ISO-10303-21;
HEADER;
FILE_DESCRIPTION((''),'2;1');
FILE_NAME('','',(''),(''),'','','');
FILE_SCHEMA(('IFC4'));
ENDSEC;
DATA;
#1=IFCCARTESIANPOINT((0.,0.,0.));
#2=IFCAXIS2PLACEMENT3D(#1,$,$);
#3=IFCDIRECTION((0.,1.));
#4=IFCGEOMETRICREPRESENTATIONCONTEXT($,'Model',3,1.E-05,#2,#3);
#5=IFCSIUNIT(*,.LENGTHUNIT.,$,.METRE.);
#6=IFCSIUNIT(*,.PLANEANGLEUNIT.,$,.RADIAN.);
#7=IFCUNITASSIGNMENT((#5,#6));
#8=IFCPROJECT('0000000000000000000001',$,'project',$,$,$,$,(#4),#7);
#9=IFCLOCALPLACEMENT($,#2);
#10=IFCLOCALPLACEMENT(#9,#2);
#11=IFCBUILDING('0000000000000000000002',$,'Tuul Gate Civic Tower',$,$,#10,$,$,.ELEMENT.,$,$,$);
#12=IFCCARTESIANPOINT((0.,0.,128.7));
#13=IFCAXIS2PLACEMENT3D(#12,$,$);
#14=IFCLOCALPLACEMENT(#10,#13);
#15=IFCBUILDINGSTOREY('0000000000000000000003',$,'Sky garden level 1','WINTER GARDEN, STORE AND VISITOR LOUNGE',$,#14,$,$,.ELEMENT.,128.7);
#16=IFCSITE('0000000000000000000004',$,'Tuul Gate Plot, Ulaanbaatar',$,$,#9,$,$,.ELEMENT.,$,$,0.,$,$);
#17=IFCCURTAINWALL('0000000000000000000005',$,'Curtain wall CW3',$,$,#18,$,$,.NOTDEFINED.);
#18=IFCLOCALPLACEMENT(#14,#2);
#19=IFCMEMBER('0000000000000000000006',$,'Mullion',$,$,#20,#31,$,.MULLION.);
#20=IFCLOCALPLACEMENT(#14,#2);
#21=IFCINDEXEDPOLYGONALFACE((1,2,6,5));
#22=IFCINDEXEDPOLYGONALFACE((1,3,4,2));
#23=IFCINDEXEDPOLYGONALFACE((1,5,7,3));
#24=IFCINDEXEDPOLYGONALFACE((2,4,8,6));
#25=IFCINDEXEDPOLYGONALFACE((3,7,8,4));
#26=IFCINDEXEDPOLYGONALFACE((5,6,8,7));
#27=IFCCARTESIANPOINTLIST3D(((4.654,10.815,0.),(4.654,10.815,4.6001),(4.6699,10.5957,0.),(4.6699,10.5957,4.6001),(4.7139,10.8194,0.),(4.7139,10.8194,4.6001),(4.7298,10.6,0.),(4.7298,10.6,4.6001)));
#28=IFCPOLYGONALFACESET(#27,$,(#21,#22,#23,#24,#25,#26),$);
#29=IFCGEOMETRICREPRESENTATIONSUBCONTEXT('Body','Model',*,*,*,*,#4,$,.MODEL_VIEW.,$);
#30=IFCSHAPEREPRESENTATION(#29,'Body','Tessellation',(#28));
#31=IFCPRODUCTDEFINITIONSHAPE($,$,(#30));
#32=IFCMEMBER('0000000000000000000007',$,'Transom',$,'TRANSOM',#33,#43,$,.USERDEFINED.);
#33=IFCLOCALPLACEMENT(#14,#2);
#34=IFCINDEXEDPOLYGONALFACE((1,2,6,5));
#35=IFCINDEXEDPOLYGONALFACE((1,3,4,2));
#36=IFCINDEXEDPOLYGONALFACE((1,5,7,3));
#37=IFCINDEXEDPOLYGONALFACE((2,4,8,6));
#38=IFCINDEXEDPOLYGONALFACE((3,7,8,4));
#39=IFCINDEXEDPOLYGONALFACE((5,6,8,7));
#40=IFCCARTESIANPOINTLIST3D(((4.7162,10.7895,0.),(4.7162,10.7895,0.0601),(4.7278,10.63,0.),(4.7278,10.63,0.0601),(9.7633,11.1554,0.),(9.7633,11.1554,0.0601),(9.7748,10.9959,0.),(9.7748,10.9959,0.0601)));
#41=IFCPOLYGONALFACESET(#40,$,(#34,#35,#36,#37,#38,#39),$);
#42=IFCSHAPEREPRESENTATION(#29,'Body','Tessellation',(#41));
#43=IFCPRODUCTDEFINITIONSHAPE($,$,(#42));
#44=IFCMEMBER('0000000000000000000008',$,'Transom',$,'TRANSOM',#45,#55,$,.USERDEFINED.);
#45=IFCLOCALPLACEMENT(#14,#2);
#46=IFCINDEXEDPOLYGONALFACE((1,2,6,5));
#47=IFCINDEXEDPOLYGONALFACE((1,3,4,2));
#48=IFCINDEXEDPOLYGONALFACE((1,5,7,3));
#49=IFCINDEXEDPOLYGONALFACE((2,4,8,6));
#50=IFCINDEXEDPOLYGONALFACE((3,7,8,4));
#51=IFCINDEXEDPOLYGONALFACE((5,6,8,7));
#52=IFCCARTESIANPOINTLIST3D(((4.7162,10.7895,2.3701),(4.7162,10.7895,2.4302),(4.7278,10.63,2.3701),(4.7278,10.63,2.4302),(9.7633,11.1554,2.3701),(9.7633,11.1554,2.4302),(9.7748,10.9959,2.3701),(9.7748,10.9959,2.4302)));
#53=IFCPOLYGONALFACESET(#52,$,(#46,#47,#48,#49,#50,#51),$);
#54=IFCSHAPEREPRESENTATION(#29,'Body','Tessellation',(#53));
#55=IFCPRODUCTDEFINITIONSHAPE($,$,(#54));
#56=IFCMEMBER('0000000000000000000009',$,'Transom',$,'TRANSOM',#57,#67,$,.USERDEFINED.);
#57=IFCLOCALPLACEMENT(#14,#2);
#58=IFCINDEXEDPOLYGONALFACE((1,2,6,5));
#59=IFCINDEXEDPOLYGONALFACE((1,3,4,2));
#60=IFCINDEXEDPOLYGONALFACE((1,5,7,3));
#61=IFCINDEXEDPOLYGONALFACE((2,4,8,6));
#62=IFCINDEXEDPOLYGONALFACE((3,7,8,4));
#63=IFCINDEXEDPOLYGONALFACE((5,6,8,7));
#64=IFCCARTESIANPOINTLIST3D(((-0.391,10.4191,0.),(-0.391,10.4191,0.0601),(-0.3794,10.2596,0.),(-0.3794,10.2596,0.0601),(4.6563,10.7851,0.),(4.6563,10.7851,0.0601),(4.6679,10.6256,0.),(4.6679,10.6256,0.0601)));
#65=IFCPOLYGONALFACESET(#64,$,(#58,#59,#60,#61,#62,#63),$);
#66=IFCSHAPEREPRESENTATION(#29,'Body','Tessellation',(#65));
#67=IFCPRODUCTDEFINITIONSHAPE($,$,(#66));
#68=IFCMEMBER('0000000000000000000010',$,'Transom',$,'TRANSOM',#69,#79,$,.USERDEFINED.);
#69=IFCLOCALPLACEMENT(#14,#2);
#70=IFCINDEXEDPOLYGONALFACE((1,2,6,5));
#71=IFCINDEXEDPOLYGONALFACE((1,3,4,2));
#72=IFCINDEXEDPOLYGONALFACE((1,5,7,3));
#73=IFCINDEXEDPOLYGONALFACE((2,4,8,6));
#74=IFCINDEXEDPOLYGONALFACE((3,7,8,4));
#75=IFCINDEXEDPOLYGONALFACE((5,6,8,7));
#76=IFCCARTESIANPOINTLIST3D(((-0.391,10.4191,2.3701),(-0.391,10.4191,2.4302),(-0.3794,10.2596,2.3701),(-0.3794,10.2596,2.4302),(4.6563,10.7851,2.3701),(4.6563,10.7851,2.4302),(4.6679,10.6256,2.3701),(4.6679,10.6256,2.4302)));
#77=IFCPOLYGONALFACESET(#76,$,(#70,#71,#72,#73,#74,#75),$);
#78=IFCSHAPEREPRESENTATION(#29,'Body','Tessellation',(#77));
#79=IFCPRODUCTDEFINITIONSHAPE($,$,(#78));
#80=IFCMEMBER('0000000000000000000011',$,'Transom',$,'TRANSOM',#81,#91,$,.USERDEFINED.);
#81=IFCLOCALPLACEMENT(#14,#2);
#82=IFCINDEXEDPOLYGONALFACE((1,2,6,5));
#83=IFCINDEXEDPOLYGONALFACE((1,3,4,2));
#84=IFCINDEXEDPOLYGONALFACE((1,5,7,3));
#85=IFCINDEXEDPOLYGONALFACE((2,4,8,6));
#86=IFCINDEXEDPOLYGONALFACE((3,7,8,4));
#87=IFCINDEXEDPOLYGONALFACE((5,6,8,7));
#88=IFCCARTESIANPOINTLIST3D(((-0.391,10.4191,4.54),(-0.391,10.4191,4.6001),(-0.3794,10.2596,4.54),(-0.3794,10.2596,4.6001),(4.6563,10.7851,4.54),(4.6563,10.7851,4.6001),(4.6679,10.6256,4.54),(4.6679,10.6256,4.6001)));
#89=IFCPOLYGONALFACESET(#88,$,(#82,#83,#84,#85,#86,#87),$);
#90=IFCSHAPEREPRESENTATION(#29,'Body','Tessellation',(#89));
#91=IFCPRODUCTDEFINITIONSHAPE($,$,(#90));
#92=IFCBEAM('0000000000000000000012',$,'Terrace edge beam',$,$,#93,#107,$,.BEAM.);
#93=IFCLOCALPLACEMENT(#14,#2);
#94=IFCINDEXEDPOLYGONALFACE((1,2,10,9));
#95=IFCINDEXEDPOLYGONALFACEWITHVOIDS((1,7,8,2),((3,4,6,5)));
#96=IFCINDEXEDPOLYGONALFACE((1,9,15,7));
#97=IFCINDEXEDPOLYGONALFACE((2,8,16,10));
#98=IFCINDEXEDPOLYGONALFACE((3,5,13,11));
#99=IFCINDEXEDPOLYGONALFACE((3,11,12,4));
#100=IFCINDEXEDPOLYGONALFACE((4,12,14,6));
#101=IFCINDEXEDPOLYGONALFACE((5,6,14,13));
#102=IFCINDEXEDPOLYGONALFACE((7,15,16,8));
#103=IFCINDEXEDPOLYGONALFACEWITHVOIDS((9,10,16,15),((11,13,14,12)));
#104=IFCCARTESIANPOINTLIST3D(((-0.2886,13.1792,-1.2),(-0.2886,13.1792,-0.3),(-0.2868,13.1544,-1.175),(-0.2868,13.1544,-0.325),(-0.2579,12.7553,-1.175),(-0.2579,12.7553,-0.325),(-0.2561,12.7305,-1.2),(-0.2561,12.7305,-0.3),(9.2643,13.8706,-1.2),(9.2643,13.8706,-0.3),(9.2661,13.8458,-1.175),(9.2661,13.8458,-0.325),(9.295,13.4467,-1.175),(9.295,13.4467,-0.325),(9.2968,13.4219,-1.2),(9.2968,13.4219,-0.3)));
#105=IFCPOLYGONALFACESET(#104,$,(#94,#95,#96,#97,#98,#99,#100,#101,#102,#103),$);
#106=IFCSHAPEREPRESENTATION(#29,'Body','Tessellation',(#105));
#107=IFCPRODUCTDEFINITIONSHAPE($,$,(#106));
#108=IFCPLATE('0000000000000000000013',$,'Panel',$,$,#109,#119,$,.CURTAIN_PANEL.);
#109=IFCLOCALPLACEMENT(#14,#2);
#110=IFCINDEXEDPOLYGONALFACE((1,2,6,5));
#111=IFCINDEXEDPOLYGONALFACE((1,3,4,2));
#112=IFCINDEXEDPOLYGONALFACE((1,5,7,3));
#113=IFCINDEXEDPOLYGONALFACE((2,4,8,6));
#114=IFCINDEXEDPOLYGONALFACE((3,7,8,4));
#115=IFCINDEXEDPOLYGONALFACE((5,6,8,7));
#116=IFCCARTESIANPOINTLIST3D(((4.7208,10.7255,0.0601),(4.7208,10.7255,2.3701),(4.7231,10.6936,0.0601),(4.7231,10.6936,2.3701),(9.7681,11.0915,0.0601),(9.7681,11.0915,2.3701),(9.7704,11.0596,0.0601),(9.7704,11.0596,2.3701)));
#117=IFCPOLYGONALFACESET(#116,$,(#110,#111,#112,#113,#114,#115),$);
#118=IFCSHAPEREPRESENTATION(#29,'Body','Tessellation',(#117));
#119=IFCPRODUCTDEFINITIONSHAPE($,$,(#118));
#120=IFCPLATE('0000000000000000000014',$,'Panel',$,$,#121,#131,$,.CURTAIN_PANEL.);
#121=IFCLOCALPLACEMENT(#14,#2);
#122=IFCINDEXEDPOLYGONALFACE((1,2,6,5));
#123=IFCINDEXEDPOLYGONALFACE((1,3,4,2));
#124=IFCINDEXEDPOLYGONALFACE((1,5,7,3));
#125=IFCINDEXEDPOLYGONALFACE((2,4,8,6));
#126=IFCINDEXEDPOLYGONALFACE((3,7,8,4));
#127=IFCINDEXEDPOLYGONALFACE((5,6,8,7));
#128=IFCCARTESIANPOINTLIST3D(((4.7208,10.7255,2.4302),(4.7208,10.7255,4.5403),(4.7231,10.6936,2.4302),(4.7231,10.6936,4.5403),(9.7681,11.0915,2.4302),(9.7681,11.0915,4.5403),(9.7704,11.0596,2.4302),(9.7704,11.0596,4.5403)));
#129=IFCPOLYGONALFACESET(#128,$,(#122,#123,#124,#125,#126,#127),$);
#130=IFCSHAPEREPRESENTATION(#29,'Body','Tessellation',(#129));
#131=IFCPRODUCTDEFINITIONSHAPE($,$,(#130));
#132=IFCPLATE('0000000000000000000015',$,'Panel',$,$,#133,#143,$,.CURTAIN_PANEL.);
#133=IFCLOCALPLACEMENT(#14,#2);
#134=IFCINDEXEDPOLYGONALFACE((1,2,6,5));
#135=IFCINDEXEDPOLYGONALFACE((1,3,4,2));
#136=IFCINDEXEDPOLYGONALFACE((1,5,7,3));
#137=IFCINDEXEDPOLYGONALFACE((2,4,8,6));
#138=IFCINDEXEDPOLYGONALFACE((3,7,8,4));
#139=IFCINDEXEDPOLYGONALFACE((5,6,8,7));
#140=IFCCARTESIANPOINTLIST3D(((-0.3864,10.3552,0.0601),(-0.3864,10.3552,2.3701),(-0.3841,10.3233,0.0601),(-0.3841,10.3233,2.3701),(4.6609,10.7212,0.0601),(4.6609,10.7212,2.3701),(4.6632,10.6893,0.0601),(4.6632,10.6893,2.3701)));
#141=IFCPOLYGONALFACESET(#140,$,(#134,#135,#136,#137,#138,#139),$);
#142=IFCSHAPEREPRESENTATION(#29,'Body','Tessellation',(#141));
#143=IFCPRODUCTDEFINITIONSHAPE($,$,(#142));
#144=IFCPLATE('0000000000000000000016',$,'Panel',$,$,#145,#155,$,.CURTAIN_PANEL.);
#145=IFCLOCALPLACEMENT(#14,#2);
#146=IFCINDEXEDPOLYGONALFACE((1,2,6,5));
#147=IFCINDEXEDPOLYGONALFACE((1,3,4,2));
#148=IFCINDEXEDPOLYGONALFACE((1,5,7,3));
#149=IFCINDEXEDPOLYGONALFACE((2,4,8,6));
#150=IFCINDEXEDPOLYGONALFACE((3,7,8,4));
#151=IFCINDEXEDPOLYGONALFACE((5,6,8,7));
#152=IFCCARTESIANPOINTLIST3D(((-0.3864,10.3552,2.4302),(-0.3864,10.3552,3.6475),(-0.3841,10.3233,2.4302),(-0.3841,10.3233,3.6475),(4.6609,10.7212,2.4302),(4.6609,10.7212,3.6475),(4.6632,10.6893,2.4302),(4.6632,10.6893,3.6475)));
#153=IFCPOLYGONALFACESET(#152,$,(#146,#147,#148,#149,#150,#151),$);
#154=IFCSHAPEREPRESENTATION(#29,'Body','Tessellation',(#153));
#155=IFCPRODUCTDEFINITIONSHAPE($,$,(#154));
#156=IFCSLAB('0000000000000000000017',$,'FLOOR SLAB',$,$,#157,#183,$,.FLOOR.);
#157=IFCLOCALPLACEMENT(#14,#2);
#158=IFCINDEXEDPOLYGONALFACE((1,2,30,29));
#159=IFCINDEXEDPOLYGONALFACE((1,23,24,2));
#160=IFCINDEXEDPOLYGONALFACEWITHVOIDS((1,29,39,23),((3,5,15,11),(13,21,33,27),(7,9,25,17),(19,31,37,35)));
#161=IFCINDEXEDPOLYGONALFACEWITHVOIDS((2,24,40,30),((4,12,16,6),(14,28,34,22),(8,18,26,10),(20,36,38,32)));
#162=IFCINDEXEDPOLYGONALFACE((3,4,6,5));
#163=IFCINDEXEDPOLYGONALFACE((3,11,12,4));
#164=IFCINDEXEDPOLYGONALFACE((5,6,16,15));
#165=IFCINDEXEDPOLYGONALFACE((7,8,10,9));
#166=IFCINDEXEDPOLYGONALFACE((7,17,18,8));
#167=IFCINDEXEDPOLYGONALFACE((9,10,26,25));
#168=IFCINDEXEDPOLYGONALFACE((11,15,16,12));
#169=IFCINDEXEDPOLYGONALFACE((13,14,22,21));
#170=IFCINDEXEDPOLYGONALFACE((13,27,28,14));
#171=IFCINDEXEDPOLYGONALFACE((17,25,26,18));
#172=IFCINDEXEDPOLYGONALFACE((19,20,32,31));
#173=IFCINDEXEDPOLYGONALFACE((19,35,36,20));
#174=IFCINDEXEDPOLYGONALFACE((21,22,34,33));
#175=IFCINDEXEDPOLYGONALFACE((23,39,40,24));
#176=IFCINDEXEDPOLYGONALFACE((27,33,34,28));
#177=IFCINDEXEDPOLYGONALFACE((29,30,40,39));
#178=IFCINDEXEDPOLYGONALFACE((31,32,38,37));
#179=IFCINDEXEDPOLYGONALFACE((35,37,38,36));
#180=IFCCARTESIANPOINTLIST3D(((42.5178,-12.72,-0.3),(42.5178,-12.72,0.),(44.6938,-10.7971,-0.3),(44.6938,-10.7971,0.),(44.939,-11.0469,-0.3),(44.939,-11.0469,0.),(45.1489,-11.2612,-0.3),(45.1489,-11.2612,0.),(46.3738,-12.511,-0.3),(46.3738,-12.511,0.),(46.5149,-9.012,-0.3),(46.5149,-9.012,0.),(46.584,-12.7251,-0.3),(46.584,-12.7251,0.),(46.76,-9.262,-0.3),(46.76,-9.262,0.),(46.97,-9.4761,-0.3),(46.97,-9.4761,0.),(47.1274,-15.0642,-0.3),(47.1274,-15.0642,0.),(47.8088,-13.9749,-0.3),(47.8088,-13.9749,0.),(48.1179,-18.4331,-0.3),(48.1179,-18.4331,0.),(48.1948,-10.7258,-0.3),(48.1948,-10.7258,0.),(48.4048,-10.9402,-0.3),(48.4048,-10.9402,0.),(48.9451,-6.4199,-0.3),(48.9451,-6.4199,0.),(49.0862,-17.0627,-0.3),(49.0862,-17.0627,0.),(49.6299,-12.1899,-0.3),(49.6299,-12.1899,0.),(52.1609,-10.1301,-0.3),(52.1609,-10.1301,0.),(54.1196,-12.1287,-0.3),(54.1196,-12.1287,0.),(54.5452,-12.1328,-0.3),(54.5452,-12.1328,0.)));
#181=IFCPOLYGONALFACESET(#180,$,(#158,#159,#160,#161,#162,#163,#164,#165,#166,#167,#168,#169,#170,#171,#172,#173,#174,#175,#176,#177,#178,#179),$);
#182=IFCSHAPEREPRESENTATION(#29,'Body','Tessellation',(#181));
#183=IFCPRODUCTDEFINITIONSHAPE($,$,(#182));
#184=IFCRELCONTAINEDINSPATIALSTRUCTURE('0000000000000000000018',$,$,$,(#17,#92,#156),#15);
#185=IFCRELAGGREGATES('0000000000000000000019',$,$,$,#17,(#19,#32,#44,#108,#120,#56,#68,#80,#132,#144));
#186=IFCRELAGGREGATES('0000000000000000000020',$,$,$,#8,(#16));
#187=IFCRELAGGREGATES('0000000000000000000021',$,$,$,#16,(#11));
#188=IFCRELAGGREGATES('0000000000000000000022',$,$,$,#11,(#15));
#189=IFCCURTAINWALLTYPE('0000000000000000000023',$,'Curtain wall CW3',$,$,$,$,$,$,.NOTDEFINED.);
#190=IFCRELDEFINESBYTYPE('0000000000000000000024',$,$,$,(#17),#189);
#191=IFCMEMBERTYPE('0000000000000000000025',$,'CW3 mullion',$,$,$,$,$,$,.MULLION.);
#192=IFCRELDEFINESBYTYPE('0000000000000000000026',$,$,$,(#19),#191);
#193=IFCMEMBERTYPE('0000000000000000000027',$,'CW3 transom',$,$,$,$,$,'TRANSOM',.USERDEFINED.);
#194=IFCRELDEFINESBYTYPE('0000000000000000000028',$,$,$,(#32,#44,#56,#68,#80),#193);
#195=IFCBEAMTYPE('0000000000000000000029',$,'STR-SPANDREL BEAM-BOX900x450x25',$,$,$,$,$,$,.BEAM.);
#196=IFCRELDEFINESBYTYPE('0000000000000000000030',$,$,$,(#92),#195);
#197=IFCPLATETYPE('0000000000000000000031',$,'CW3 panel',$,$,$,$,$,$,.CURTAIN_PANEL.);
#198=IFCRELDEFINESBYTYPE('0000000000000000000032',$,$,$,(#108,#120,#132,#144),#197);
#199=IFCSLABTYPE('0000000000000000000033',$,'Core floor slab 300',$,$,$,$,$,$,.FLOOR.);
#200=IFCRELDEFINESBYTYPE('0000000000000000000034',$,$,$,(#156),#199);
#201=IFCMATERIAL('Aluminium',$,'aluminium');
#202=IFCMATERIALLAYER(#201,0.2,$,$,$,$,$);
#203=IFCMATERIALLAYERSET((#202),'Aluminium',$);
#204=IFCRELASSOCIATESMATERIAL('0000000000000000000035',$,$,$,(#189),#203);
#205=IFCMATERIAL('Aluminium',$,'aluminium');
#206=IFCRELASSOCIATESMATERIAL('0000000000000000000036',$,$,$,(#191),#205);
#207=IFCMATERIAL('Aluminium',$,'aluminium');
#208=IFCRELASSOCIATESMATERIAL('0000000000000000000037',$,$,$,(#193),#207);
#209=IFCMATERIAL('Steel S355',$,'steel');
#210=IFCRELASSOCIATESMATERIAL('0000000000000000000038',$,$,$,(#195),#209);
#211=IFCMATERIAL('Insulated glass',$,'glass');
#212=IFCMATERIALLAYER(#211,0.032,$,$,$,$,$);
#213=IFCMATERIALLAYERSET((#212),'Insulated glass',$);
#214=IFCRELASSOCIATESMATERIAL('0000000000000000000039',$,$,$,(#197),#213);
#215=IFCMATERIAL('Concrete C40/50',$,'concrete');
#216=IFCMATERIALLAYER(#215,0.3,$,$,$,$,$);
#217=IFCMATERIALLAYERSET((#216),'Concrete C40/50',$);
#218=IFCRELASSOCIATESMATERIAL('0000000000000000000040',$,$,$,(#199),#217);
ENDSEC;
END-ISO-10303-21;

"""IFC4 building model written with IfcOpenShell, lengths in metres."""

from ifc_helpers import new_model, si_unit, direction, frame, origin, origin_2d, place, context, subcontext, project, spatial, polyline, rectangle, hollow_rectangle, outline, extrude, material, layer, layer_set, material_profile, profile_set, type_object, element, aggregate, save


model = new_model("IFC4")

# Units and contexts
model_context = context("Model", 3, precision=1e-05, world=origin(), true_north=direction((0.0, 1.0)))
body_context = subcontext(model_context, "Body", "Model", "MODEL_VIEW")
ifc_project = project(units=[si_unit("LENGTHUNIT", "METRE"), si_unit("PLANEANGLEUNIT", "RADIAN")], contexts=[model_context])

# Site, building, storey
site_placement = place(None, origin())
site = spatial("IfcSite", under=ifc_project, at=site_placement, Name="Tuul Gate Plot, Ulaanbaatar", CompositionType="ELEMENT", RefElevation=0.0)
building_placement = place(site_placement, origin())
building = spatial("IfcBuilding", under=site, at=building_placement, Name="Tuul Gate Civic Tower", CompositionType="ELEMENT")
storey_placement = place(building_placement, frame((0.0, 0.0, 128.7)))
storey = spatial("IfcBuildingStorey", under=building, at=storey_placement, Name="Sky garden level 1", Description="WINTER GARDEN, STORE AND VISITOR LOUNGE", CompositionType="ELEMENT", Elevation=128.7)

# Curtain wall, members
ifc_material_1 = material(Name="Aluminium", Category="aluminium")
ifc_layer_1 = layer(ifc_material_1, 0.2)
ifc_layer_set_1 = layer_set([ifc_layer_1], Name="Aluminium")
curtain_wall_type = type_object("IfcCurtainWallType", Name="Curtain wall CW3", PredefinedType="NOTDEFINED", material=ifc_layer_set_1)
curtain_wall_placement = place(storey_placement, origin())
curtain_wall = element("IfcCurtainWall", 1, at=curtain_wall_placement, inside=storey, type_object=curtain_wall_type, Name="Curtain wall CW3", PredefinedType="NOTDEFINED")
ifc_material_2 = material(Name="Aluminium", Category="aluminium")
ifc_material_profile_1 = material_profile(ifc_material_2, rectangle(XDim=0.22, YDim=0.0601, at=origin_2d()), Name="CW3 mullion")
ifc_profile_set_1 = profile_set([ifc_material_profile_1], Name="Aluminium")
member_type_1 = type_object("IfcMemberType", Name="CW3 mullion", PredefinedType="MULLION", material=ifc_profile_set_1)
member_1_placement = place(storey_placement, frame((4.6919, 10.7075, 0.0), z_axis=(0.0, 0.0, 1.0), x_axis=(0.072323, -0.997381, 0.0)))
member_1 = element("IfcMember", 2, at=member_1_placement, type_object=member_type_1, Name="Mullion", PredefinedType="MULLION", context=body_context, shape_type="SweptSolid", body=[
    extrude(rectangle(XDim=0.22, YDim=0.0601, at=origin_2d()), origin(), (0.0, 0.0, 1.0), 4.6001),
])
ifc_material_3 = material(Name="Aluminium", Category="aluminium")
ifc_material_profile_2 = material_profile(ifc_material_3, rectangle(XDim=0.1599, YDim=0.0601, at=origin_2d()), Name="CW3 transom")
ifc_profile_set_2 = profile_set([ifc_material_profile_2], Name="Aluminium")
member_type_2 = type_object("IfcMemberType", Name="CW3 transom", ElementType="TRANSOM", PredefinedType="USERDEFINED", material=ifc_profile_set_2)
member_2_placement = place(storey_placement, frame((9.769, 11.0757, 0.03), z_axis=(-0.997381, -0.07232, 0.0), x_axis=(0.07232, -0.997381, 0.0)))
member_2 = element("IfcMember", 3, at=member_2_placement, type_object=member_type_2, Name="Transom", ObjectType="TRANSOM", PredefinedType="USERDEFINED", context=body_context, shape_type="SweptSolid", body=[
    extrude(rectangle(XDim=0.1599, YDim=0.0601, at=origin_2d()), origin(), (0.0, 0.0, 1.0), 5.0603),
])
member_3_placement = place(storey_placement, frame((9.769, 11.0757, 2.4001), z_axis=(-0.997381, -0.07232, 0.0), x_axis=(0.07232, -0.997381, 0.0)))
member_3 = element("IfcMember", 4, at=member_3_placement, type_object=member_type_2, Name="Transom", ObjectType="TRANSOM", PredefinedType="USERDEFINED", context=body_context, shape_type="SweptSolid", body=[
    extrude(rectangle(XDim=0.1599, YDim=0.0601, at=origin_2d()), origin(), (0.0, 0.0, 1.0), 5.0603),
])
member_4_placement = place(storey_placement, frame((4.6621, 10.7053, 0.03), z_axis=(-0.997382, -0.072317, 0.0), x_axis=(0.072317, -0.997382, 0.0)))
member_4 = element("IfcMember", 5, at=member_4_placement, type_object=member_type_2, Name="Transom", ObjectType="TRANSOM", PredefinedType="USERDEFINED", context=body_context, shape_type="SweptSolid", body=[
    extrude(rectangle(XDim=0.1599, YDim=0.0601, at=origin_2d()), origin(), (0.0, 0.0, 1.0), 5.0605),
])
member_5_placement = place(storey_placement, frame((4.6621, 10.7053, 2.4001), z_axis=(-0.997382, -0.072317, 0.0), x_axis=(0.072317, -0.997382, 0.0)))
member_5 = element("IfcMember", 6, at=member_5_placement, type_object=member_type_2, Name="Transom", ObjectType="TRANSOM", PredefinedType="USERDEFINED", context=body_context, shape_type="SweptSolid", body=[
    extrude(rectangle(XDim=0.1599, YDim=0.0601, at=origin_2d()), origin(), (0.0, 0.0, 1.0), 5.0605),
])
member_6_placement = place(storey_placement, frame((4.6621, 10.7053, 4.5701), z_axis=(-0.997382, -0.072317, 0.0), x_axis=(0.072317, -0.997382, 0.0)))
member_6 = element("IfcMember", 7, at=member_6_placement, type_object=member_type_2, Name="Transom", ObjectType="TRANSOM", PredefinedType="USERDEFINED", context=body_context, shape_type="SweptSolid", body=[
    extrude(rectangle(XDim=0.1599, YDim=0.0601, at=origin_2d()), origin(), (0.0, 0.0, 1.0), 5.0605),
])

# Beam
ifc_material_4 = material(Name="Steel S355", Category="steel")
ifc_material_profile_3 = material_profile(ifc_material_4, hollow_rectangle(XDim=0.45, YDim=0.8999, WallThickness=0.0249, at=origin_2d()), Name="BOX900x450x25")
ifc_profile_set_3 = profile_set([ifc_material_profile_3], Name="Steel S355")
beam_type = type_object("IfcBeamType", Name="STR-SPANDREL BEAM-BOX900x450x25", PredefinedType="BEAM", material=ifc_profile_set_3)
beam_placement = place(storey_placement, frame((9.2805, 13.6462, -0.75), z_axis=(-0.997391, -0.072187, 0.0), x_axis=(0.072187, -0.997391, 0.0)))
element("IfcBeam", 8, at=beam_placement, inside=storey, type_object=beam_type, Name="Terrace edge beam", PredefinedType="BEAM", context=body_context, shape_type="SweptSolid", body=[
    extrude(hollow_rectangle(XDim=0.45, YDim=0.8999, WallThickness=0.0249, at=origin_2d()), origin(), (0.0, 0.0, 1.0), 9.5779),
])

# Plates
ifc_material_5 = material(Name="Insulated glass", Category="glass")
ifc_layer_2 = layer(ifc_material_5, 0.032)
ifc_layer_set_2 = layer_set([ifc_layer_2], Name="Insulated glass")
plate_type = type_object("IfcPlateType", Name="CW3 panel", PredefinedType="CURTAIN_PANEL", material=ifc_layer_set_2)
plate_1_placement = place(storey_placement, frame((7.2456, 10.8926, 0.0601), z_axis=(0.0, 0.0, 1.0), x_axis=(-0.997381, -0.072323, 0.0)))
plate_1 = element("IfcPlate", 9, at=plate_1_placement, type_object=plate_type, Name="Panel", PredefinedType="CURTAIN_PANEL", context=body_context, shape_type="SweptSolid", body=[
    extrude(rectangle(XDim=5.0605, YDim=0.032, at=origin_2d()), origin(), (0.0, 0.0, 1.0), 2.3101),
])
plate_2_placement = place(storey_placement, frame((7.2456, 10.8926, 2.4302), z_axis=(0.0, 0.0, 1.0), x_axis=(-0.997381, -0.072323, 0.0)))
plate_2 = element("IfcPlate", 10, at=plate_2_placement, type_object=plate_type, Name="Panel", PredefinedType="CURTAIN_PANEL", context=body_context, shape_type="SweptSolid", body=[
    extrude(rectangle(XDim=5.0605, YDim=0.032, at=origin_2d()), origin(), (0.0, 0.0, 1.0), 2.1101),
])
plate_3_placement = place(storey_placement, frame((2.1384, 10.5222, 0.0601), z_axis=(0.0, 0.0, 1.0), x_axis=(-0.997381, -0.072323, 0.0)))
plate_3 = element("IfcPlate", 11, at=plate_3_placement, type_object=plate_type, Name="Panel", PredefinedType="CURTAIN_PANEL", context=body_context, shape_type="SweptSolid", body=[
    extrude(rectangle(XDim=5.0605, YDim=0.032, at=origin_2d()), origin(), (0.0, 0.0, 1.0), 2.3101),
])
plate_4_placement = place(storey_placement, frame((2.1384, 10.5222, 2.4302), z_axis=(0.0, 0.0, 1.0), x_axis=(-0.997381, -0.072323, 0.0)))
plate_4 = element("IfcPlate", 12, at=plate_4_placement, type_object=plate_type, Name="Panel", PredefinedType="CURTAIN_PANEL", context=body_context, shape_type="SweptSolid", body=[
    extrude(rectangle(XDim=5.0605, YDim=0.032, at=origin_2d()), origin(), (0.0, 0.0, 1.0), 1.2173),
])
aggregate(curtain_wall, [member_1, member_2, member_3, plate_1, plate_2, member_4, member_5, member_6, plate_3, plate_4])

# Slab
ifc_material_6 = material(Name="Concrete C40/50", Category="concrete")
ifc_layer_3 = layer(ifc_material_6, 0.3)
ifc_layer_set_3 = layer_set([ifc_layer_3], Name="Concrete C40/50")
slab_type_1 = type_object("IfcSlabType", Name="Core floor slab 300", PredefinedType="FLOOR", material=ifc_layer_set_3)
slab_1_placement = place(storey_placement, frame((0.0, 0.0, -0.3)))
element("IfcSlab", 13, at=slab_1_placement, inside=storey, type_object=slab_type_1, Name="FLOOR SLAB", PredefinedType="FLOOR", context=body_context, shape_type="SweptSolid", body=[
    extrude(outline(polyline([(48.1179, -18.4331), (54.5452, -12.1328), (48.9451, -6.4199), (42.5178, -12.72), (48.1179, -18.4331)]), holes=[polyline([(47.8088, -13.9749), (49.6299, -12.1899), (48.4048, -10.9402), (46.584, -12.7251), (47.8088, -13.9749)]), polyline([(46.3738, -12.511), (48.1948, -10.7258), (46.97, -9.4761), (45.1489, -11.2612), (46.3738, -12.511)]), polyline([(44.939, -11.0469), (46.76, -9.262), (46.5149, -9.012), (44.6938, -10.7971), (44.939, -11.0469)]), polyline([(49.0862, -17.0627), (47.1274, -15.0642), (52.1609, -10.1301), (54.1196, -12.1287), (49.0862, -17.0627)])]), origin(), (0.0, 0.0, 1.0), 0.3),
])

save(model, "model.ifc")
